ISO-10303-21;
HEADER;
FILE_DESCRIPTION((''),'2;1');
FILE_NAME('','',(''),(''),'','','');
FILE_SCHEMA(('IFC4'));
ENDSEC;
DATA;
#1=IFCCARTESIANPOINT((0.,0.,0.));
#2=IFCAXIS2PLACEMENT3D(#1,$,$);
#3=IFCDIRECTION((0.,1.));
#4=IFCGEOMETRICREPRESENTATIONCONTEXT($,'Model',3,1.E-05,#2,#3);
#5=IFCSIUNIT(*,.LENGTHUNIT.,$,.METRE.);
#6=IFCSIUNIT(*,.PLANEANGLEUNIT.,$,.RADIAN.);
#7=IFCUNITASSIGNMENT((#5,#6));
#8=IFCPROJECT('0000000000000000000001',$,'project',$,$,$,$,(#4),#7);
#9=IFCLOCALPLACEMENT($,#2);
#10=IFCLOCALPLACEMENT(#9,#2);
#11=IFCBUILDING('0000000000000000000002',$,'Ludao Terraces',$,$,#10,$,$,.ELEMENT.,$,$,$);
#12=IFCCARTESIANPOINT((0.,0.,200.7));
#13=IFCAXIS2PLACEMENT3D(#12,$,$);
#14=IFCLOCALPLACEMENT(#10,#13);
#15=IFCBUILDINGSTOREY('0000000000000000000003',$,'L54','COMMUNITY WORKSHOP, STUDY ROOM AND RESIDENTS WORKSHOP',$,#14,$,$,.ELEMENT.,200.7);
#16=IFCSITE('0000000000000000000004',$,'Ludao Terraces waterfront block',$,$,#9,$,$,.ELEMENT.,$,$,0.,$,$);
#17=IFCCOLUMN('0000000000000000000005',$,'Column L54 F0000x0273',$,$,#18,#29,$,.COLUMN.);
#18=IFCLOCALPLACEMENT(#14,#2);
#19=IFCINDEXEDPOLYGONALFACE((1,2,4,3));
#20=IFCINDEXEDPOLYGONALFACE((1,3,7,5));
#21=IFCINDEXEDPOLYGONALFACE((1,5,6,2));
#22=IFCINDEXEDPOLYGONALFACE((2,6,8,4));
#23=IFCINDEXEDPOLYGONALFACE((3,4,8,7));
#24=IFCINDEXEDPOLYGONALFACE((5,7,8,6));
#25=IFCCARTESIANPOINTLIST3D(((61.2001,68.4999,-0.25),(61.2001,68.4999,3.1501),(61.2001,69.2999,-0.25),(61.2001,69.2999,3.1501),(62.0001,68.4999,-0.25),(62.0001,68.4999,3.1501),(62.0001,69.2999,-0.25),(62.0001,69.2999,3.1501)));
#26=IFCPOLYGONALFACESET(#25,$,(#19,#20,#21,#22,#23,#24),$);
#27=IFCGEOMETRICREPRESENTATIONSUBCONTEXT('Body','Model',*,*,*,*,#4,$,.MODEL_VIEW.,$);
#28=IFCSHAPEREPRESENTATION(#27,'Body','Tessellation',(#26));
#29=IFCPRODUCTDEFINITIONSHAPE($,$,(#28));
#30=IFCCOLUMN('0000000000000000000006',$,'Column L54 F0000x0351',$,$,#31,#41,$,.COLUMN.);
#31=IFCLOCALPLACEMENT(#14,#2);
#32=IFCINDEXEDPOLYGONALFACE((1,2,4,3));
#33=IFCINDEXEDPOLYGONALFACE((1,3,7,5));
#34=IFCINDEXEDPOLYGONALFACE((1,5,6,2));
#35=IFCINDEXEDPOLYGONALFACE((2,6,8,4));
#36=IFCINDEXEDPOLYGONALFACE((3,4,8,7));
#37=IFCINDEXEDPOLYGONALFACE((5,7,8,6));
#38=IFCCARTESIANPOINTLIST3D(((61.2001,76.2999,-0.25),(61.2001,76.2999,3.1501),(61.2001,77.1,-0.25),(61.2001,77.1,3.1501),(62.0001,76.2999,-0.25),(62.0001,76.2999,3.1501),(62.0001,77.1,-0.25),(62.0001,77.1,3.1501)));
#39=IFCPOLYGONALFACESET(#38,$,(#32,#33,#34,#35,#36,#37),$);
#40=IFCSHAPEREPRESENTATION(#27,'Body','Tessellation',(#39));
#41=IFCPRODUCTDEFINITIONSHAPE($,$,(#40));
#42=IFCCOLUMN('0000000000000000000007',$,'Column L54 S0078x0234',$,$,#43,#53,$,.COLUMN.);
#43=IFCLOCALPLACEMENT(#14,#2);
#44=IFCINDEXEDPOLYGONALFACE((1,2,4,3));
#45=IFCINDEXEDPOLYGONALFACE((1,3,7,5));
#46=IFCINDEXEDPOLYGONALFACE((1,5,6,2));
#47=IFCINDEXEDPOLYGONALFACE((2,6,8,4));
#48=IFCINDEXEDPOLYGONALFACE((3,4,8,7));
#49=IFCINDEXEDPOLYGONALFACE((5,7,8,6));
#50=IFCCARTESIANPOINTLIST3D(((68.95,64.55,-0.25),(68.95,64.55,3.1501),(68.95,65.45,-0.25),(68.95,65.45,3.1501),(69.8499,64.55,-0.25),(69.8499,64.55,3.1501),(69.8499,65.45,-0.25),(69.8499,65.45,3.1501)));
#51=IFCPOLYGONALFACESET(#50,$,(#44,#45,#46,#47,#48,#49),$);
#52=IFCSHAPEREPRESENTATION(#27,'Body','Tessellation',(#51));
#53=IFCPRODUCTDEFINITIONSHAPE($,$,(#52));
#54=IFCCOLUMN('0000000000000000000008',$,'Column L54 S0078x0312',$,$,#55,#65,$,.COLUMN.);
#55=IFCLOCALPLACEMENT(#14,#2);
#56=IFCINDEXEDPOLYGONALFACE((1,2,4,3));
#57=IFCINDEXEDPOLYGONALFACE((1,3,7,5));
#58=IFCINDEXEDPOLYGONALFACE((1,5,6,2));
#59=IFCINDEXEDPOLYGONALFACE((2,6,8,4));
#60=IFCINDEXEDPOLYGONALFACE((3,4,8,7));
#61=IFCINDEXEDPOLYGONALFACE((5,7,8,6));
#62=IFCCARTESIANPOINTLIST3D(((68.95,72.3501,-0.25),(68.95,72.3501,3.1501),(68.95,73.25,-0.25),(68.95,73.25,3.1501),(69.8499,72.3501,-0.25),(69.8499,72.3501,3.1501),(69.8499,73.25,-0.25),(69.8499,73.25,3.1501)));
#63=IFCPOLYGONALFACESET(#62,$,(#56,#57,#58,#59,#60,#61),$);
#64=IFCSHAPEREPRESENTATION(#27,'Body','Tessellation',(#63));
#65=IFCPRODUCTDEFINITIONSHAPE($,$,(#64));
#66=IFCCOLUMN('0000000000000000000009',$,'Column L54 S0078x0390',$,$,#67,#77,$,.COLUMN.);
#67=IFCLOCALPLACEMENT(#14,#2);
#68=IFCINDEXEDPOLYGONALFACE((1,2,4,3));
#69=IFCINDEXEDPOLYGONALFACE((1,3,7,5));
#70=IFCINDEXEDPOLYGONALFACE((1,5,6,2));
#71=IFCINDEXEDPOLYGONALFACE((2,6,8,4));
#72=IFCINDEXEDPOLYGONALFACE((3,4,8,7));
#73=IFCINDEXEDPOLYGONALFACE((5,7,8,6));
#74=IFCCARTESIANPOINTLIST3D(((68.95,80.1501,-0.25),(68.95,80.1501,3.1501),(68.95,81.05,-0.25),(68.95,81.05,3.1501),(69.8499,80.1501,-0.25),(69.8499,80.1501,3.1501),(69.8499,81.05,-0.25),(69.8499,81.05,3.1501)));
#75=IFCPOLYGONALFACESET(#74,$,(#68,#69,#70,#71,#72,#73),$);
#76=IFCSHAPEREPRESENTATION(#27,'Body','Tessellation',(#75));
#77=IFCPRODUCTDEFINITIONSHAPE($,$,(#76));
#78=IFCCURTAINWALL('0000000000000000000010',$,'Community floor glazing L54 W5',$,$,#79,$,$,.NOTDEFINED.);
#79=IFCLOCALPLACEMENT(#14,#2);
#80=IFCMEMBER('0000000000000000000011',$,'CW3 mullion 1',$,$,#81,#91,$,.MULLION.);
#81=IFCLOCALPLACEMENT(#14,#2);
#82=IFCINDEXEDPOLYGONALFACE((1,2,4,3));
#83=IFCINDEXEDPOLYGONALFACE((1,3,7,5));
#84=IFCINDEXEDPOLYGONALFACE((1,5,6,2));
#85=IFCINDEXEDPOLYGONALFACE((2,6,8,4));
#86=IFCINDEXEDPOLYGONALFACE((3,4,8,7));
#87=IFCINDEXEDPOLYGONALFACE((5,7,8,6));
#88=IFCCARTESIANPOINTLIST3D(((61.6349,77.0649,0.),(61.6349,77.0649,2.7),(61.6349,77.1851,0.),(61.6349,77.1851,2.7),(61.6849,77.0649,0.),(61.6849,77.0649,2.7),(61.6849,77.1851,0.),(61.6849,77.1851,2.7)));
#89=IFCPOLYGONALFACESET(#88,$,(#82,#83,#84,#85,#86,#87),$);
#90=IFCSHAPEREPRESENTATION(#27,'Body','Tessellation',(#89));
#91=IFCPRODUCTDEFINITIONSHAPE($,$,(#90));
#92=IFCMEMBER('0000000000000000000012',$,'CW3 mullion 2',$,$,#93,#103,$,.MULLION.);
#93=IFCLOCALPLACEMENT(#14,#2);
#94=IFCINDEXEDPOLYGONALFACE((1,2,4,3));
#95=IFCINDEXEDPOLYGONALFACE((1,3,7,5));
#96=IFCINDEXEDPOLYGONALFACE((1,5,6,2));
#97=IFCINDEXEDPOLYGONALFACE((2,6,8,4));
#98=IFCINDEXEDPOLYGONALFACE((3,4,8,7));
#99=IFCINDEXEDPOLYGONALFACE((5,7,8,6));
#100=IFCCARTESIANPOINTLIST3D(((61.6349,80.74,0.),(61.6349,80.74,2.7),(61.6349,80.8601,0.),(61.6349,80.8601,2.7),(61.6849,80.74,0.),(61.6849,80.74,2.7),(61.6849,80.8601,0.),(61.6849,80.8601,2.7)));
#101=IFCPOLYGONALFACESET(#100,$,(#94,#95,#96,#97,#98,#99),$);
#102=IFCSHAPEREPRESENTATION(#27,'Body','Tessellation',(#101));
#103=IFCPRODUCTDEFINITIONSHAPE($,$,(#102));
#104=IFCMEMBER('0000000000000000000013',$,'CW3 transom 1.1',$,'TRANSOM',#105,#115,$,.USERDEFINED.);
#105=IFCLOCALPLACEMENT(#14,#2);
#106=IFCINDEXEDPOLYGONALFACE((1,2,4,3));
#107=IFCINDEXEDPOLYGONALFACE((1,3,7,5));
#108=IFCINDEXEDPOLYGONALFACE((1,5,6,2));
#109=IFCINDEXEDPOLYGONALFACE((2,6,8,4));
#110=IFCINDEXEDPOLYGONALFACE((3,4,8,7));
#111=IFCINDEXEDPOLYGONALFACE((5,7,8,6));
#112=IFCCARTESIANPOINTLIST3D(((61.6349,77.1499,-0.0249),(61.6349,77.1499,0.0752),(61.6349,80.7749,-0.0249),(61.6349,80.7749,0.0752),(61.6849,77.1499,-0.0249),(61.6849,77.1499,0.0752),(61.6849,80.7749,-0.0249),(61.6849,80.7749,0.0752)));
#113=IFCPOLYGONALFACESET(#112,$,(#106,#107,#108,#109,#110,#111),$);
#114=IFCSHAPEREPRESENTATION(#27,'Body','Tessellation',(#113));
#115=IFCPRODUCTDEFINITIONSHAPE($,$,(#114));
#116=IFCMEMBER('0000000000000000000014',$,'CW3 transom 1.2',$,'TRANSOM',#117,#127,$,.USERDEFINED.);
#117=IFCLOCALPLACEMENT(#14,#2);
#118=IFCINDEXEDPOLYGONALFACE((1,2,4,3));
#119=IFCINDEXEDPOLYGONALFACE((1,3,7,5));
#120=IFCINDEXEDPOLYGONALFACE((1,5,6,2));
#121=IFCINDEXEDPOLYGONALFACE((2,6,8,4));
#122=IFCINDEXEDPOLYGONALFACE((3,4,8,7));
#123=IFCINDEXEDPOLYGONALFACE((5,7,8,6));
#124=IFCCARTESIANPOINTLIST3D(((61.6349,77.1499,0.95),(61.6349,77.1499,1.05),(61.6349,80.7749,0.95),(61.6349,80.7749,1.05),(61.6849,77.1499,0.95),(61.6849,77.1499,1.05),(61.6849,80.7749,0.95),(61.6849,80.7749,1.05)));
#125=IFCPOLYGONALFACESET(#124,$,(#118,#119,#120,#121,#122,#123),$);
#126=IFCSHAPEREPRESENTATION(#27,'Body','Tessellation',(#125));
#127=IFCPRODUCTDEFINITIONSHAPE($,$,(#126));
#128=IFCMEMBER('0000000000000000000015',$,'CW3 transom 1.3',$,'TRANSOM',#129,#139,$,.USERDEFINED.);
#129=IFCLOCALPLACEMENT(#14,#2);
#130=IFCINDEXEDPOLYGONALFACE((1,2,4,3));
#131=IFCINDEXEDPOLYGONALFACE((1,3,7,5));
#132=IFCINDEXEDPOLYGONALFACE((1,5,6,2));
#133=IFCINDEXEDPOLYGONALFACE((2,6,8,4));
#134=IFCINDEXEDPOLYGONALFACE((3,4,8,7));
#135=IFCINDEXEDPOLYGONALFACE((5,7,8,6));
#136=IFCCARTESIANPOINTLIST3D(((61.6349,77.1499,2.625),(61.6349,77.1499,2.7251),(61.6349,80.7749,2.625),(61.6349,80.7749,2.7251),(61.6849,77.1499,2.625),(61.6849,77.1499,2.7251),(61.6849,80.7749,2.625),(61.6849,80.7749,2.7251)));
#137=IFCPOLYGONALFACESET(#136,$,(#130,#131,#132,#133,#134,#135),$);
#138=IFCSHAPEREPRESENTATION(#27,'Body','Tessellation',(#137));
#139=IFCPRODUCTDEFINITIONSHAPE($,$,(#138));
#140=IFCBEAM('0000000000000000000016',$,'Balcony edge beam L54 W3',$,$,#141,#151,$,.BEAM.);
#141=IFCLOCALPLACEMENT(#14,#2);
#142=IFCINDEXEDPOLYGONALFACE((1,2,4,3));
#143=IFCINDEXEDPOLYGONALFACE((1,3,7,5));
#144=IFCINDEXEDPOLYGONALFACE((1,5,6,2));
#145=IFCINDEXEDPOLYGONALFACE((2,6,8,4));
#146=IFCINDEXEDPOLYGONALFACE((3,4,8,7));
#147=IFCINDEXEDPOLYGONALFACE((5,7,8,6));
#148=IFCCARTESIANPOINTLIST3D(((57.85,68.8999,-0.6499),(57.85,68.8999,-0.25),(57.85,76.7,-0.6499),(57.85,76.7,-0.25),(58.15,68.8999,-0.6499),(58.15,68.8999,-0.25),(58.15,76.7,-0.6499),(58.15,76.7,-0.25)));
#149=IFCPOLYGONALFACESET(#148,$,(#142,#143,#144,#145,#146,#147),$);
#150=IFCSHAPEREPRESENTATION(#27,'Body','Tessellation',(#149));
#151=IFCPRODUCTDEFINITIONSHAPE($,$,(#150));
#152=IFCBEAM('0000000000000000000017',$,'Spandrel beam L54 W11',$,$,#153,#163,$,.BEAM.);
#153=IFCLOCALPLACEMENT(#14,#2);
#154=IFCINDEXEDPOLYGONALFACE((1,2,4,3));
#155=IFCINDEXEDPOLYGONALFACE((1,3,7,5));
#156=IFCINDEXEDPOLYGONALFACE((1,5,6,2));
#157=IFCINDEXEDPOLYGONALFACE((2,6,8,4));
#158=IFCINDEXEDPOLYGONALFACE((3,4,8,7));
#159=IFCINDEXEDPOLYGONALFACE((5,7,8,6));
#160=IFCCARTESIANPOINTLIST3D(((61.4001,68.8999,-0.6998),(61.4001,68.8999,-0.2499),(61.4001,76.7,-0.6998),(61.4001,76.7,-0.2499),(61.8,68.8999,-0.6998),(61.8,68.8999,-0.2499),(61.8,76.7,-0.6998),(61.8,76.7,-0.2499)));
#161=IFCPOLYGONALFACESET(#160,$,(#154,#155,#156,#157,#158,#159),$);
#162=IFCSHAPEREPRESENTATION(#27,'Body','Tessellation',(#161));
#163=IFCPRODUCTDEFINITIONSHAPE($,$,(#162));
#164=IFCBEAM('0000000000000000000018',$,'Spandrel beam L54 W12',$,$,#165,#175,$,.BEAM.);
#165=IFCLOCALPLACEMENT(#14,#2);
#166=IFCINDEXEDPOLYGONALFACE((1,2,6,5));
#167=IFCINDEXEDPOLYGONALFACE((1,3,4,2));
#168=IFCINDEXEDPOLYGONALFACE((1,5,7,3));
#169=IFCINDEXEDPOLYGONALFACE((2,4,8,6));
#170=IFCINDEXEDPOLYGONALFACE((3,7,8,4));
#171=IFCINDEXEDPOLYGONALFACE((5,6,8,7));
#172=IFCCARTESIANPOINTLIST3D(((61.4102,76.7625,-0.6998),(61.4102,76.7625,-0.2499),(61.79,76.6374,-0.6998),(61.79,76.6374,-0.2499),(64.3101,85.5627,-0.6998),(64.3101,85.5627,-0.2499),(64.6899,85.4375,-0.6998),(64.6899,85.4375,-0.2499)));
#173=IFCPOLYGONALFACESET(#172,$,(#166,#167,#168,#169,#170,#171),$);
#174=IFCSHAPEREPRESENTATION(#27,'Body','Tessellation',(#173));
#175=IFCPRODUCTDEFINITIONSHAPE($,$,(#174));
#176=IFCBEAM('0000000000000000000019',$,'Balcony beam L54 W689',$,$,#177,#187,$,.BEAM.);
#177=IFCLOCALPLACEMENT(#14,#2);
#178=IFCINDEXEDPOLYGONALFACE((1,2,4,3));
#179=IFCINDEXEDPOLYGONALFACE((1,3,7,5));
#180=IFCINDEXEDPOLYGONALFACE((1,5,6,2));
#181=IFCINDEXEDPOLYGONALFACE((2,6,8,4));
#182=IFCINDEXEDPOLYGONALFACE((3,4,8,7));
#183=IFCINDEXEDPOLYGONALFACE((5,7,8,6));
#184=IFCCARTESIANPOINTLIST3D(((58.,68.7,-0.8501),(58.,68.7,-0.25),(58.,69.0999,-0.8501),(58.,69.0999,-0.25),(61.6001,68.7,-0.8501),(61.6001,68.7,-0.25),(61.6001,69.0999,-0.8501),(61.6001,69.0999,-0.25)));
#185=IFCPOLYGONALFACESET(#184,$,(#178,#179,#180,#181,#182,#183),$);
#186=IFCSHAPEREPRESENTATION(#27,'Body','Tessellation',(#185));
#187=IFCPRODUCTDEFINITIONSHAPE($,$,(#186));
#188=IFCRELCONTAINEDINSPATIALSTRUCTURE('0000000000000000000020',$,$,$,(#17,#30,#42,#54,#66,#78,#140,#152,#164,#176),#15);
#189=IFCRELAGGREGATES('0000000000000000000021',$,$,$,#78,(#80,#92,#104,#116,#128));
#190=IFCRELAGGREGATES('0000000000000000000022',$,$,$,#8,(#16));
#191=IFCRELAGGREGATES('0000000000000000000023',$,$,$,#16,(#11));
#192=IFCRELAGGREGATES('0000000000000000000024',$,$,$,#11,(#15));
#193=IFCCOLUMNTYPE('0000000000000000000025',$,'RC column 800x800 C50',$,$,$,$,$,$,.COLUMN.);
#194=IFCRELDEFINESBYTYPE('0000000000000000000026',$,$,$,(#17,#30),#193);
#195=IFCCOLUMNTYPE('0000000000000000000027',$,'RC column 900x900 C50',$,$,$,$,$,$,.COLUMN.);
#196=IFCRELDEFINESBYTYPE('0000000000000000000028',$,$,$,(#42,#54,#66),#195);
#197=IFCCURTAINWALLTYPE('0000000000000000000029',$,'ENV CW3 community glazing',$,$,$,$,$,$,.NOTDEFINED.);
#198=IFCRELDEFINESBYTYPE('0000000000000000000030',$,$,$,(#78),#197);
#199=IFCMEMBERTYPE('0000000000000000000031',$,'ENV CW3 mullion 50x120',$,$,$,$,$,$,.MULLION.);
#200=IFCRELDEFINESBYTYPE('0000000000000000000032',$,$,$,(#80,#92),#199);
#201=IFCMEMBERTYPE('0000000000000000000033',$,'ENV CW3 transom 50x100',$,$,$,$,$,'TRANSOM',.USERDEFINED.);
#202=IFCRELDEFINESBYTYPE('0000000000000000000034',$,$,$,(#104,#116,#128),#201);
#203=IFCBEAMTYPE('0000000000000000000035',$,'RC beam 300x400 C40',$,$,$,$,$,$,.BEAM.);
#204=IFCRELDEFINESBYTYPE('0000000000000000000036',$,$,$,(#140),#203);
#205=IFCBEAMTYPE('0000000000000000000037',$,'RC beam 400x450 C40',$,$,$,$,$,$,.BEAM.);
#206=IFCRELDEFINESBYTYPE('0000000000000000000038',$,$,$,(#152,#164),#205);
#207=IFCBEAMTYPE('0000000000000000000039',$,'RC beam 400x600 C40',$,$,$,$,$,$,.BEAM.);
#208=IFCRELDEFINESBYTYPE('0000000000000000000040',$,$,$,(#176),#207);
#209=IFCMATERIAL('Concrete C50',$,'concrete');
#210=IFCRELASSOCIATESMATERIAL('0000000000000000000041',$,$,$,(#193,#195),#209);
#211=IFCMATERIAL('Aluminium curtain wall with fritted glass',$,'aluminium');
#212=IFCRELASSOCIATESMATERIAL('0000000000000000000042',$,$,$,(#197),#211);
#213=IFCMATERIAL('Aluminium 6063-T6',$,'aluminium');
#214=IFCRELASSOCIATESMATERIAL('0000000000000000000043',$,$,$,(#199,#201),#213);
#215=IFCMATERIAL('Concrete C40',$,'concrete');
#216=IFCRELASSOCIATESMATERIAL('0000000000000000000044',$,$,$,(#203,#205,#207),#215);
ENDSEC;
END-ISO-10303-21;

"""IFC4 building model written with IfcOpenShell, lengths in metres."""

from ifc_helpers import new_model, si_unit, direction, frame, origin, origin_2d, place, context, subcontext, project, spatial, rectangle, extrude, material, material_profile, profile_set, type_object, element, aggregate, save


model = new_model("IFC4")

# Units and contexts
model_context = context("Model", 3, precision=1e-05, world=origin(), true_north=direction((0.0, 1.0)))
body_context = subcontext(model_context, "Body", "Model", "MODEL_VIEW")
ifc_project = project(units=[si_unit("LENGTHUNIT", "METRE"), si_unit("PLANEANGLEUNIT", "RADIAN")], contexts=[model_context])

# Site, building, storey
site_placement = place(None, origin())
site = spatial("IfcSite", under=ifc_project, at=site_placement, Name="Ludao Terraces waterfront block", CompositionType="ELEMENT", RefElevation=0.0)
building_placement = place(site_placement, origin())
building = spatial("IfcBuilding", under=site, at=building_placement, Name="Ludao Terraces", CompositionType="ELEMENT")
storey_placement = place(building_placement, frame((0.0, 0.0, 200.7)))
storey = spatial("IfcBuildingStorey", under=building, at=storey_placement, Name="L54", Description="COMMUNITY WORKSHOP, STUDY ROOM AND RESIDENTS WORKSHOP", CompositionType="ELEMENT", Elevation=200.7)

# Columns
ifc_material_1 = material(Name="Concrete C50", Category="concrete")
ifc_material_profile_1 = material_profile(ifc_material_1, rectangle(XDim=0.8, YDim=0.8, at=origin_2d()), Name="800 X 800")
ifc_profile_set_1 = profile_set([ifc_material_profile_1], Name="Concrete C50")
column_type_1 = type_object("IfcColumnType", Name="RC column 800x800 C50", PredefinedType="COLUMN", material=ifc_profile_set_1)
for number, where, z_axis, x_axis, name in (
    (1, (61.6001, 68.8999, -0.25), (0.0, 0.0, 1.0), (1.0, 0.0, 0.0), "Column L54 F0000x0273"),
    (2, (61.6001, 76.7, -0.25), (0.0, 0.0, 1.0), (1.0, 0.0, 0.0), "Column L54 F0000x0351"),
):
    element("IfcColumn", number, at=place(storey_placement, frame(where, z_axis=z_axis, x_axis=x_axis)), inside=storey, type_object=column_type_1, Name=name, PredefinedType="COLUMN", context=body_context, shape_type="SweptSolid", body=[
        extrude(rectangle(XDim=0.8, YDim=0.8, at=origin_2d()), origin(), (0.0, 0.0, 1.0), 3.4001),
    ])
ifc_material_profile_2 = material_profile(ifc_material_1, rectangle(XDim=0.8999, YDim=0.8999, at=origin_2d()), Name="900 X 900")
ifc_profile_set_2 = profile_set([ifc_material_profile_2], Name="Concrete C50")
column_type_2 = type_object("IfcColumnType", Name="RC column 900x900 C50", PredefinedType="COLUMN", material=ifc_profile_set_2)
for number, where, z_axis, x_axis, name in (
    (3, (69.3999, 65.0, -0.25), (0.0, 0.0, 1.0), (1.0, 0.0, 0.0), "Column L54 S0078x0234"),
    (4, (69.3999, 72.8, -0.25), (0.0, 0.0, 1.0), (1.0, 0.0, 0.0), "Column L54 S0078x0312"),
    (5, (69.3999, 80.6001, -0.25), (0.0, 0.0, 1.0), (1.0, 0.0, 0.0), "Column L54 S0078x0390"),
):
    element("IfcColumn", number, at=place(storey_placement, frame(where, z_axis=z_axis, x_axis=x_axis)), inside=storey, type_object=column_type_2, Name=name, PredefinedType="COLUMN", context=body_context, shape_type="SweptSolid", body=[
        extrude(rectangle(XDim=0.8999, YDim=0.8999, at=origin_2d()), origin(), (0.0, 0.0, 1.0), 3.4001),
    ])

# Curtain wall, members
ifc_material_2 = material(Name="Aluminium curtain wall with fritted glass", Category="aluminium")
curtain_wall_type = type_object("IfcCurtainWallType", Name="ENV CW3 community glazing", PredefinedType="NOTDEFINED", material=ifc_material_2)
curtain_wall_placement = place(storey_placement, origin())
curtain_wall = element("IfcCurtainWall", 6, at=curtain_wall_placement, inside=storey, type_object=curtain_wall_type, Name="Community floor glazing L54 W5", PredefinedType="NOTDEFINED")
ifc_material_3 = material(Name="Aluminium 6063-T6", Category="aluminium")
ifc_material_profile_3 = material_profile(ifc_material_3, rectangle(XDim=0.05, YDim=0.1201, at=origin_2d()), Name="50 X 120")
ifc_profile_set_3 = profile_set([ifc_material_profile_3], Name="Aluminium 6063-T6")
member_type_1 = type_object("IfcMemberType", Name="ENV CW3 mullion 50x120", PredefinedType="MULLION", material=ifc_profile_set_3)
member_1_placement = place(storey_placement, frame((61.6599, 77.125, 0.0), z_axis=(0.0, 0.0, 1.0), x_axis=(-1.0, 0.0, 0.0)))
member_1 = element("IfcMember", 7, at=member_1_placement, type_object=member_type_1, Name="CW3 mullion 1", PredefinedType="MULLION", context=body_context, shape_type="SweptSolid", body=[
    extrude(rectangle(XDim=0.05, YDim=0.1201, at=origin_2d()), origin(), (0.0, 0.0, 1.0), 2.7),
])
member_2_placement = place(storey_placement, frame((61.6599, 80.8, 0.0), z_axis=(0.0, 0.0, 1.0), x_axis=(-1.0, 0.0, 0.0)))
member_2 = element("IfcMember", 8, at=member_2_placement, type_object=member_type_1, Name="CW3 mullion 2", PredefinedType="MULLION", context=body_context, shape_type="SweptSolid", body=[
    extrude(rectangle(XDim=0.05, YDim=0.1201, at=origin_2d()), origin(), (0.0, 0.0, 1.0), 2.7),
])
ifc_material_profile_4 = material_profile(ifc_material_3, rectangle(XDim=0.05, YDim=0.1001, at=origin_2d()), Name="50 X 100")
ifc_profile_set_4 = profile_set([ifc_material_profile_4], Name="Aluminium 6063-T6")
member_type_2 = type_object("IfcMemberType", Name="ENV CW3 transom 50x100", ElementType="TRANSOM", PredefinedType="USERDEFINED", material=ifc_profile_set_4)
member_3_placement = place(storey_placement, frame((61.6599, 77.1499, 0.0251), z_axis=(0.0, 1.0, 0.0), x_axis=(-1.0, 0.0, 0.0)))
member_3 = element("IfcMember", 9, at=member_3_placement, type_object=member_type_2, Name="CW3 transom 1.1", ObjectType="TRANSOM", PredefinedType="USERDEFINED", context=body_context, shape_type="SweptSolid", body=[
    extrude(rectangle(XDim=0.05, YDim=0.1001, at=origin_2d()), origin(), (0.0, 0.0, 1.0), 3.625),
])
member_4_placement = place(storey_placement, frame((61.6599, 77.1499, 1.0), z_axis=(0.0, 1.0, 0.0), x_axis=(-1.0, 0.0, 0.0)))
member_4 = element("IfcMember", 10, at=member_4_placement, type_object=member_type_2, Name="CW3 transom 1.2", ObjectType="TRANSOM", PredefinedType="USERDEFINED", context=body_context, shape_type="SweptSolid", body=[
    extrude(rectangle(XDim=0.05, YDim=0.1001, at=origin_2d()), origin(), (0.0, 0.0, 1.0), 3.625),
])
member_5_placement = place(storey_placement, frame((61.6599, 77.1499, 2.675), z_axis=(0.0, 1.0, 0.0), x_axis=(-1.0, 0.0, 0.0)))
member_5 = element("IfcMember", 11, at=member_5_placement, type_object=member_type_2, Name="CW3 transom 1.3", ObjectType="TRANSOM", PredefinedType="USERDEFINED", context=body_context, shape_type="SweptSolid", body=[
    extrude(rectangle(XDim=0.05, YDim=0.1001, at=origin_2d()), origin(), (0.0, 0.0, 1.0), 3.625),
])

# Beams
ifc_material_4 = material(Name="Concrete C40", Category="concrete")
ifc_material_profile_5 = material_profile(ifc_material_4, rectangle(XDim=0.3, YDim=0.3999, at=origin_2d()), Name="300 X 400")
ifc_profile_set_5 = profile_set([ifc_material_profile_5], Name="Concrete C40")
beam_type_1 = type_object("IfcBeamType", Name="RC beam 300x400 C40", PredefinedType="BEAM", material=ifc_profile_set_5)
beam_1_placement = place(storey_placement, frame((58.0, 68.8999, -0.45), z_axis=(0.0, 1.0, 0.0), x_axis=(-1.0, 0.0, 0.0)))
element("IfcBeam", 12, at=beam_1_placement, inside=storey, type_object=beam_type_1, Name="Balcony edge beam L54 W3", PredefinedType="BEAM", context=body_context, shape_type="SweptSolid", body=[
    extrude(rectangle(XDim=0.3, YDim=0.3999, at=origin_2d()), origin(), (0.0, 0.0, 1.0), 7.8),
])
ifc_material_profile_6 = material_profile(ifc_material_4, rectangle(XDim=0.3999, YDim=0.45, at=origin_2d()), Name="400 X 450")
ifc_profile_set_6 = profile_set([ifc_material_profile_6], Name="Concrete C40")
beam_type_2 = type_object("IfcBeamType", Name="RC beam 400x450 C40", PredefinedType="BEAM", material=ifc_profile_set_6)
beam_2_placement = place(storey_placement, frame((61.6001, 68.8999, -0.4749), z_axis=(0.0, 1.0, 0.0), x_axis=(-1.0, 0.0, 0.0)))
element("IfcBeam", 13, at=beam_2_placement, inside=storey, type_object=beam_type_2, Name="Spandrel beam L54 W11", PredefinedType="BEAM", context=body_context, shape_type="SweptSolid", body=[
    extrude(rectangle(XDim=0.3999, YDim=0.45, at=origin_2d()), origin(), (0.0, 0.0, 1.0), 7.8),
])
beam_3_placement = place(storey_placement, frame((61.6001, 76.7, -0.4749), z_axis=(0.312977, 0.949761, 0.0), x_axis=(-0.949761, 0.312977, 0.0)))
element("IfcBeam", 14, at=beam_3_placement, inside=storey, type_object=beam_type_2, Name="Spandrel beam L54 W12", PredefinedType="BEAM", context=body_context, shape_type="SweptSolid", body=[
    extrude(rectangle(XDim=0.3999, YDim=0.45, at=origin_2d()), origin(), (0.0, 0.0, 1.0), 9.2656),
])
ifc_material_profile_7 = material_profile(ifc_material_4, rectangle(XDim=0.3999, YDim=0.6001, at=origin_2d()), Name="400 X 600")
ifc_profile_set_7 = profile_set([ifc_material_profile_7], Name="Concrete C40")
beam_type_3 = type_object("IfcBeamType", Name="RC beam 400x600 C40", PredefinedType="BEAM", material=ifc_profile_set_7)
for number, where, z_axis, x_axis, name in (
    (15, (61.6001, 68.8999, -0.55), (-1.0, 0.0, 0.0), (0.0, -1.0, 0.0), "Balcony beam L54 W689"),
):
    element("IfcBeam", number, at=place(storey_placement, frame(where, z_axis=z_axis, x_axis=x_axis)), inside=storey, type_object=beam_type_3, Name=name, PredefinedType="BEAM", context=body_context, shape_type="SweptSolid", body=[
        extrude(rectangle(XDim=0.3999, YDim=0.6001, at=origin_2d()), origin(), (0.0, 0.0, 1.0), 3.6001),
    ])

aggregate(curtain_wall, [member_1, member_2, member_3, member_4, member_5])

save(model, "model.ifc")
